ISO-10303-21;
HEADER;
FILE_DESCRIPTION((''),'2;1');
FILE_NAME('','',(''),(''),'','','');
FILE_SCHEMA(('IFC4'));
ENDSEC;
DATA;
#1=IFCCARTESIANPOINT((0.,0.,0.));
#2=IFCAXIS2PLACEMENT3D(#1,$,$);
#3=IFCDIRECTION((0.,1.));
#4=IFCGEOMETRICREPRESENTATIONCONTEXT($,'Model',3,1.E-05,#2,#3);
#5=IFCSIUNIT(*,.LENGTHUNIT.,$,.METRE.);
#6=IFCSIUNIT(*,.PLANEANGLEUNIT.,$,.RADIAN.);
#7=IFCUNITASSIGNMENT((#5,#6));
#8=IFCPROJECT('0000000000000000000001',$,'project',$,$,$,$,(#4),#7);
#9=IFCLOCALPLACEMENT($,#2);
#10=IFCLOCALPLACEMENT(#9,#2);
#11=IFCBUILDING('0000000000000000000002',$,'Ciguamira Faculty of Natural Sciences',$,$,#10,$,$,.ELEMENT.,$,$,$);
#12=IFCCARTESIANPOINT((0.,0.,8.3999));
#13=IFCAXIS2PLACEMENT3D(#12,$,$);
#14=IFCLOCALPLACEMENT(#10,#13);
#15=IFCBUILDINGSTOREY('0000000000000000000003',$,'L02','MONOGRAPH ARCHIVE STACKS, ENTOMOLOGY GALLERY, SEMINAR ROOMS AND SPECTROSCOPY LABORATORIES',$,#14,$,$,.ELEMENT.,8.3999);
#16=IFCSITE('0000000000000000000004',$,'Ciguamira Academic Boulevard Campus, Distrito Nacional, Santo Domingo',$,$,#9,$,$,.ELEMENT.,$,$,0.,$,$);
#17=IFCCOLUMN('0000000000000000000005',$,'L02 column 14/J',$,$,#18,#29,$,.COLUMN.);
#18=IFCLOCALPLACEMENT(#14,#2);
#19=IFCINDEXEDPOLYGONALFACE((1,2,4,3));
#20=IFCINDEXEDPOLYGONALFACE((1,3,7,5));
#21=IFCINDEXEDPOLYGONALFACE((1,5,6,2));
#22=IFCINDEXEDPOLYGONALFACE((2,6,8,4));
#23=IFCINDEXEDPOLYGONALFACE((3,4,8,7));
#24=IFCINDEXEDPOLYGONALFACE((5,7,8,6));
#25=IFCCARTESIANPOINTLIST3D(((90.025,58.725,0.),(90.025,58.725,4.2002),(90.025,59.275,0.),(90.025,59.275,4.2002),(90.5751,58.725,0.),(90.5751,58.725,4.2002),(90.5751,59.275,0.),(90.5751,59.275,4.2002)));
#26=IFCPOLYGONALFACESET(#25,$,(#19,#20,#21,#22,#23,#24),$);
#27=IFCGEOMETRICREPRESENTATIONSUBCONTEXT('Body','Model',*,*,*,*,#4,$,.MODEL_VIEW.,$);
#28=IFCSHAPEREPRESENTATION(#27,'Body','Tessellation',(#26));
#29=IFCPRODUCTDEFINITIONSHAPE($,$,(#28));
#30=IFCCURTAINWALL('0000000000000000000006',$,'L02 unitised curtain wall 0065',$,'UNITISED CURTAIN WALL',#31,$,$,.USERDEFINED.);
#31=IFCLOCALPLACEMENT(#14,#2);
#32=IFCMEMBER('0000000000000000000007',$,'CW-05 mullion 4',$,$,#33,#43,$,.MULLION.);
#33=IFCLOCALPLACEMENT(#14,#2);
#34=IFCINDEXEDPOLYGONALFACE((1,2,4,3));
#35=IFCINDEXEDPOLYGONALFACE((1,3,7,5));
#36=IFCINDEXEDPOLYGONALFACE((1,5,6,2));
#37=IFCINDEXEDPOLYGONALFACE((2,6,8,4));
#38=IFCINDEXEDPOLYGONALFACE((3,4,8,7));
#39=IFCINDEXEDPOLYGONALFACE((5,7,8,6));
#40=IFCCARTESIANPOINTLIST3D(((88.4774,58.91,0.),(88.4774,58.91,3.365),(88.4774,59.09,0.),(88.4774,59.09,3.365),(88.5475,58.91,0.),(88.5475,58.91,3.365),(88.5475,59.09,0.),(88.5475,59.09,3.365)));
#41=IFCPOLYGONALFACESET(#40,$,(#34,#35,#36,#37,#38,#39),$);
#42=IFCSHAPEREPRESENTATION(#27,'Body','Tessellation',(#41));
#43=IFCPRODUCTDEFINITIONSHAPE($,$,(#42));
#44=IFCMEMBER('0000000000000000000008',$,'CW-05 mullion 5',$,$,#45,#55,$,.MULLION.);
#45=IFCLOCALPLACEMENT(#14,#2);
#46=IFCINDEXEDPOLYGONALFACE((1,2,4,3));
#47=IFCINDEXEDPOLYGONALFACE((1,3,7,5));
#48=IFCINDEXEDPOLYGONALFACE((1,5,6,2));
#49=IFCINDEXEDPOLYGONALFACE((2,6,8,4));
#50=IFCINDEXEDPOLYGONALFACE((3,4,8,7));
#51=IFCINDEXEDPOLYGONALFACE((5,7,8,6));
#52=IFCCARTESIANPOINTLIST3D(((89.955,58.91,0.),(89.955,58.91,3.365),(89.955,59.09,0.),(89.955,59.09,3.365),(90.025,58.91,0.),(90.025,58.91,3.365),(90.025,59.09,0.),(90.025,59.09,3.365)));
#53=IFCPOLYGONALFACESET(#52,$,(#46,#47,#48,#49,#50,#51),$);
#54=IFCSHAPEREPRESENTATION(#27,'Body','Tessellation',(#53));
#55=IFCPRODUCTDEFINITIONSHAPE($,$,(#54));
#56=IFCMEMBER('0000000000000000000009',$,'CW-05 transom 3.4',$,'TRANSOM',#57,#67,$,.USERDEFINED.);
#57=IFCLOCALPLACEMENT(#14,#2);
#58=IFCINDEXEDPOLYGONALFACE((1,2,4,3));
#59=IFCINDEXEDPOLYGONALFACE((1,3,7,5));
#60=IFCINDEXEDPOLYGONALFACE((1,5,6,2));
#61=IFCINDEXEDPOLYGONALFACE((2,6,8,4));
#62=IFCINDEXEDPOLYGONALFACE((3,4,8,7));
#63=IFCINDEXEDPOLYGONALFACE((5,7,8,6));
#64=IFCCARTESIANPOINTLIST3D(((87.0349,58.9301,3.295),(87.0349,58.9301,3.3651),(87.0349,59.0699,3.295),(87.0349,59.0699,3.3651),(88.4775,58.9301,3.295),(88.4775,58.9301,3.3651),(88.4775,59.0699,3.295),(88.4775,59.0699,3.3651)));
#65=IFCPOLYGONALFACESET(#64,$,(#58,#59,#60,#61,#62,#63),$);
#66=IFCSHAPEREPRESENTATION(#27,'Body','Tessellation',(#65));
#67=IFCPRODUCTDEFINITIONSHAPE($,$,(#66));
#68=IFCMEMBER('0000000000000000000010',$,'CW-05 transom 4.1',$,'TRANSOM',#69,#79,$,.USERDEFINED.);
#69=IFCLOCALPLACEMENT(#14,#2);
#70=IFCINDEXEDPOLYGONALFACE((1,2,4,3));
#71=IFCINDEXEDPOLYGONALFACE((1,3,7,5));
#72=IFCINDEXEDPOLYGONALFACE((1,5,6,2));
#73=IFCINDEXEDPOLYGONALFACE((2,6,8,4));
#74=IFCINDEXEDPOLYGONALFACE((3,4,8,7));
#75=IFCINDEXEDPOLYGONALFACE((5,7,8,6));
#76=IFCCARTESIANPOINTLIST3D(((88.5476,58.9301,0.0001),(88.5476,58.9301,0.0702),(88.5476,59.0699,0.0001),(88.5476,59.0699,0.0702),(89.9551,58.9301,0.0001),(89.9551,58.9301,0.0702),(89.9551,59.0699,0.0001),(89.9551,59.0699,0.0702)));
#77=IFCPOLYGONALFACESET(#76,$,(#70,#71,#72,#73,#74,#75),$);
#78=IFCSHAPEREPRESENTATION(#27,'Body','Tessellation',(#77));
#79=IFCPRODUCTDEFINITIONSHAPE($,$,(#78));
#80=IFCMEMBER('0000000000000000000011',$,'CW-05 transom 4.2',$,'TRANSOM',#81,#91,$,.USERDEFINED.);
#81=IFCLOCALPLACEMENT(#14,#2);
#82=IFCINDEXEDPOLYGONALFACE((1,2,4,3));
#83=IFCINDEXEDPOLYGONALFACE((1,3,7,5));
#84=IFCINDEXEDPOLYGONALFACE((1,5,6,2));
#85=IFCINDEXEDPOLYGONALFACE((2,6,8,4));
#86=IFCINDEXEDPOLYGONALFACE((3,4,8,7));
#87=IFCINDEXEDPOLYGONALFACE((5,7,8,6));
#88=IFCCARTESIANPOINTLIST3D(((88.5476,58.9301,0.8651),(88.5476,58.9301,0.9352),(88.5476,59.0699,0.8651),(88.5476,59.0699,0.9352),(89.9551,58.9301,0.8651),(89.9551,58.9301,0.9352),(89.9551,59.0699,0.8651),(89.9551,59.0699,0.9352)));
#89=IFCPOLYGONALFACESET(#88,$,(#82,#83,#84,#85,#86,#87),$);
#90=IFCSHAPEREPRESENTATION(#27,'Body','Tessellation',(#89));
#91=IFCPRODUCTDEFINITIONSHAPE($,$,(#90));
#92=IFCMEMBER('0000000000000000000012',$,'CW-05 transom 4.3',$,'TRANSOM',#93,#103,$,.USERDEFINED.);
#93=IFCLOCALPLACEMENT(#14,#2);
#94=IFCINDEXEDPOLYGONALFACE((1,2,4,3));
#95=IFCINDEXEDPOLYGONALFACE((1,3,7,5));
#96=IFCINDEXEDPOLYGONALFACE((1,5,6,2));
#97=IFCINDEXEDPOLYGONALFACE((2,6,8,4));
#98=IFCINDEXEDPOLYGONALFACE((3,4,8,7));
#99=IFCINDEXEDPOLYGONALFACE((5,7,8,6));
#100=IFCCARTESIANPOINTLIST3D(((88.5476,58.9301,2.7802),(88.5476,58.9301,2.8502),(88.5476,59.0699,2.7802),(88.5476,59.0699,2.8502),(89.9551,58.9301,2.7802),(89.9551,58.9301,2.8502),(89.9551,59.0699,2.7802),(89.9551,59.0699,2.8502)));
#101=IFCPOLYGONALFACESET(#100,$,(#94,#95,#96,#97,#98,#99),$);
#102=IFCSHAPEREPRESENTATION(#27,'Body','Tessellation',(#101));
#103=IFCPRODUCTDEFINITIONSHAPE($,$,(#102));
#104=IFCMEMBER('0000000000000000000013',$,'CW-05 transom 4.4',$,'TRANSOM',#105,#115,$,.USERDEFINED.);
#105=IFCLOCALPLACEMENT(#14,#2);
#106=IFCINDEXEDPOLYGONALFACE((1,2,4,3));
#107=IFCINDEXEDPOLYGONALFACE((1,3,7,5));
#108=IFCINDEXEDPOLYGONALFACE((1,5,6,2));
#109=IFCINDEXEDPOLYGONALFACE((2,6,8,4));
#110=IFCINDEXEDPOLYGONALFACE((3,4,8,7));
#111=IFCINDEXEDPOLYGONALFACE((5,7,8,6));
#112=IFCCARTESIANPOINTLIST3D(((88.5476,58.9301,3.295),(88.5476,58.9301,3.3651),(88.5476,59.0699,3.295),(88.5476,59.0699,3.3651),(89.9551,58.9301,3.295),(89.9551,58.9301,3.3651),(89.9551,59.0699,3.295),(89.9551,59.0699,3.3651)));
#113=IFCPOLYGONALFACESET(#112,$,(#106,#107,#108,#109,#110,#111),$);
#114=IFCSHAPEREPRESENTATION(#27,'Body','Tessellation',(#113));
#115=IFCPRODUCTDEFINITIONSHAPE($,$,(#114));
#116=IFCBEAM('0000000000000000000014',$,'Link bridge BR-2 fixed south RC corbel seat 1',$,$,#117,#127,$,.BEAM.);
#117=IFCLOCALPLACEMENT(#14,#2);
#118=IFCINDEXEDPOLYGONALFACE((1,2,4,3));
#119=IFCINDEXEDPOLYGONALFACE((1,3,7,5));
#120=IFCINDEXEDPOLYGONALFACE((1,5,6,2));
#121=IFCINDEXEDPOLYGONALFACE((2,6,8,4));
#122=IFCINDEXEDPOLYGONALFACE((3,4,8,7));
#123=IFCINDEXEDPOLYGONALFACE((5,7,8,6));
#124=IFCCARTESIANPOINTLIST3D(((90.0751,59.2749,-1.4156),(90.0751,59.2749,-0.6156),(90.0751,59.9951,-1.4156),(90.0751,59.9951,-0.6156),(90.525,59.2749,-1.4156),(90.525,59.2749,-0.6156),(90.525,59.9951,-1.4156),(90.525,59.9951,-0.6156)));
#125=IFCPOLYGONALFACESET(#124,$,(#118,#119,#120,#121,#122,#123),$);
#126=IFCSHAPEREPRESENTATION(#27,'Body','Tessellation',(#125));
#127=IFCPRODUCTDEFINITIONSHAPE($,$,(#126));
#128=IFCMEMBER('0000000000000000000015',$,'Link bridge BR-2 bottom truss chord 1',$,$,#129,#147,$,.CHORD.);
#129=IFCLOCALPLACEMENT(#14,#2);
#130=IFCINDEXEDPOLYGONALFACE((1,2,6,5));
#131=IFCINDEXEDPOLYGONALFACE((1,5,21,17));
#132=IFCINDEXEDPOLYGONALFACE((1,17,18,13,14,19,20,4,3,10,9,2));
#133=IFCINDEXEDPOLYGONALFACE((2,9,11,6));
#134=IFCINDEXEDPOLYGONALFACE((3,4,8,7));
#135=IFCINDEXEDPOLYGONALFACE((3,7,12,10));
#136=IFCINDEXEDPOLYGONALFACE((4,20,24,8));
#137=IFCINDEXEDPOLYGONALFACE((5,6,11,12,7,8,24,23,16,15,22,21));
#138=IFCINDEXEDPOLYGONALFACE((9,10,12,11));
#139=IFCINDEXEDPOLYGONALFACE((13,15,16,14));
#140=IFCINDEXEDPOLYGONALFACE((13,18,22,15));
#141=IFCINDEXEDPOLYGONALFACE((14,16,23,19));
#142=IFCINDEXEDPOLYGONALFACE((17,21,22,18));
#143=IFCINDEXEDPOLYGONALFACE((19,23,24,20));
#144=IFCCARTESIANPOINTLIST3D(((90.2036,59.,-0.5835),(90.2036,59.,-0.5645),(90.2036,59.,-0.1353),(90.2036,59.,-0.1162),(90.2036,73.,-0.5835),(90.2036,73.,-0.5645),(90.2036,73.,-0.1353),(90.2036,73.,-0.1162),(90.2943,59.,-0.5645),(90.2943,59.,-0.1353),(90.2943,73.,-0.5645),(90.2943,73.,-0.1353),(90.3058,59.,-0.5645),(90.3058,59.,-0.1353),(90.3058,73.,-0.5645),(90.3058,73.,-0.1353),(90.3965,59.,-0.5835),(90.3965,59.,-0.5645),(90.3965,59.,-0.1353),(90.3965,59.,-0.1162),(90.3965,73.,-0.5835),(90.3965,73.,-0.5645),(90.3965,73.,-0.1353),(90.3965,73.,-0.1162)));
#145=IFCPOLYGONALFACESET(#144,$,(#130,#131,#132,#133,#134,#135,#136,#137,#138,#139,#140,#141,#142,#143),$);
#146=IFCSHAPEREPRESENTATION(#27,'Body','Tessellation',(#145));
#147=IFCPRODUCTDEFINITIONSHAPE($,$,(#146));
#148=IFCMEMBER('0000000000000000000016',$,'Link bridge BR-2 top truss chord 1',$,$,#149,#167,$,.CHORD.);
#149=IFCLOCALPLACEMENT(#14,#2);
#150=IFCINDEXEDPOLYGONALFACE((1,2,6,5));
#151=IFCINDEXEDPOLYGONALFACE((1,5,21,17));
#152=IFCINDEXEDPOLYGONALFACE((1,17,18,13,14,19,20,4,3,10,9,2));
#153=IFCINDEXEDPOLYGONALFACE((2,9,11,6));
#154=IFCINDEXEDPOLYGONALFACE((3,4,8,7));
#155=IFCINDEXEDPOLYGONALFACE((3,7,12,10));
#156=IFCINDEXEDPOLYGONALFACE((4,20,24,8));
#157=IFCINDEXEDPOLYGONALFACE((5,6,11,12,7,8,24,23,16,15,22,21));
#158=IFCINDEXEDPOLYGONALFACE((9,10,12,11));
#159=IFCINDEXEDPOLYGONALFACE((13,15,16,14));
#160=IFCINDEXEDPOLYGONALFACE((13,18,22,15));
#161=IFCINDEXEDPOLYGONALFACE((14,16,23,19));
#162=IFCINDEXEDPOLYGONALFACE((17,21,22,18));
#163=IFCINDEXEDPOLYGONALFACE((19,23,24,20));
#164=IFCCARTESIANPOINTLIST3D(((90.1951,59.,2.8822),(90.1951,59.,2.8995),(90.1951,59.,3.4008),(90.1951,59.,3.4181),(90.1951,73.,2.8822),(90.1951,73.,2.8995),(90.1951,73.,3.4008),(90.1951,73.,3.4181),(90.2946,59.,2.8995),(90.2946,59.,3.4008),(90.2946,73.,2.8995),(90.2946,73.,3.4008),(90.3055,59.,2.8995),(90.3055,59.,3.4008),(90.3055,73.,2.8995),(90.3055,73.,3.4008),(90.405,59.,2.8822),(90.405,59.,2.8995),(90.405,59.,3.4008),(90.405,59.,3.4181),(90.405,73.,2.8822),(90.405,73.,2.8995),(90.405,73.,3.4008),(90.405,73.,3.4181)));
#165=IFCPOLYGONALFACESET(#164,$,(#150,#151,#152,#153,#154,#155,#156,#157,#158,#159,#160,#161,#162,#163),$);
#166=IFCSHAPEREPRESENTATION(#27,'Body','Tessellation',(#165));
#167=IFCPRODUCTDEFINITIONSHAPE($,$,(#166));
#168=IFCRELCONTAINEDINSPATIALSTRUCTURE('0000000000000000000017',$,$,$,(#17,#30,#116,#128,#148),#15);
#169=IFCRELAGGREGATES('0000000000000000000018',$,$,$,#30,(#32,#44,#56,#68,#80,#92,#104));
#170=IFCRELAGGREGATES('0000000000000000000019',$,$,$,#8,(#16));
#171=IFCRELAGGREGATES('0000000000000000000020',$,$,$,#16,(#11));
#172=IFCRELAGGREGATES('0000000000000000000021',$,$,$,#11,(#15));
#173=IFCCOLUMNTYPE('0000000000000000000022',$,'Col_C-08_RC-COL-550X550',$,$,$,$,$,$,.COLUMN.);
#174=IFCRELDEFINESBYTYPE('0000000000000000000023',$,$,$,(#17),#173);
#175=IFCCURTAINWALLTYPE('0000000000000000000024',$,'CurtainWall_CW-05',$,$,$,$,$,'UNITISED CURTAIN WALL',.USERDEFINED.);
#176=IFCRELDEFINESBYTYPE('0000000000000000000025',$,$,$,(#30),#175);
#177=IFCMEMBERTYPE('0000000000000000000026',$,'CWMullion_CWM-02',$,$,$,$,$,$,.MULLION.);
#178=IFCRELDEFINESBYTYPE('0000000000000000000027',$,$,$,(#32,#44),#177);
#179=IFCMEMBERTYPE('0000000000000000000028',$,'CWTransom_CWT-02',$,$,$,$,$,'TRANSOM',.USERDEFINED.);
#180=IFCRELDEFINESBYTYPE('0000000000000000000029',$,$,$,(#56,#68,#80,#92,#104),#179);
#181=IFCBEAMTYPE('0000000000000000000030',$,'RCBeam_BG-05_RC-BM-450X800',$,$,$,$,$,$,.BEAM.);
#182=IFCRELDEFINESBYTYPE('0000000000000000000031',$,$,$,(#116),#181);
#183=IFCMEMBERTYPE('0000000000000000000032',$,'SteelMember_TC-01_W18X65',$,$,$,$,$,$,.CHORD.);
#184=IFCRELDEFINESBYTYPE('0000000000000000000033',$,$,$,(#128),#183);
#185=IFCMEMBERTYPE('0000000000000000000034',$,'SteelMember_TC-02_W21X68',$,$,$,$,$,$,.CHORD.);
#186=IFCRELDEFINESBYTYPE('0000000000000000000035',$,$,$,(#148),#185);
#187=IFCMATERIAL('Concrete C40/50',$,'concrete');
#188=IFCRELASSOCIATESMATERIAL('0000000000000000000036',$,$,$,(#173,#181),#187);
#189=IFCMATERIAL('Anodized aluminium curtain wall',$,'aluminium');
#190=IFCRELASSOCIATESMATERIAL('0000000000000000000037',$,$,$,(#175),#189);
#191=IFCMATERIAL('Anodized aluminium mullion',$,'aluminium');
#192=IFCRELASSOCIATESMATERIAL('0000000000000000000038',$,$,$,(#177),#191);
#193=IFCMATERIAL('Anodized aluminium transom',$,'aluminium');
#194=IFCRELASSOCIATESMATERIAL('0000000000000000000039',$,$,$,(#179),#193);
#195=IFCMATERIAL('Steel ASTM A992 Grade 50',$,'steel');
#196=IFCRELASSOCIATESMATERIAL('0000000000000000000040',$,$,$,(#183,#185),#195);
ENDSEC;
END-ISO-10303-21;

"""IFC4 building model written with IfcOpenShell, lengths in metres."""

from ifc_helpers import new_model, si_unit, direction, frame, origin, origin_2d, place, context, subcontext, project, spatial, rectangle, i_section, extrude, material, material_profile, profile_set, type_object, element, aggregate, save


model = new_model("IFC4")

# Units and contexts
model_context = context("Model", 3, precision=1e-05, world=origin(), true_north=direction((0.0, 1.0)))
body_context = subcontext(model_context, "Body", "Model", "MODEL_VIEW")
ifc_project = project(units=[si_unit("LENGTHUNIT", "METRE"), si_unit("PLANEANGLEUNIT", "RADIAN")], contexts=[model_context])

# Site, building, storey
site_placement = place(None, origin())
site = spatial("IfcSite", under=ifc_project, at=site_placement, Name="Ciguamira Academic Boulevard Campus, Distrito Nacional, Santo Domingo", CompositionType="ELEMENT", RefElevation=0.0)
building_placement = place(site_placement, origin())
building = spatial("IfcBuilding", under=site, at=building_placement, Name="Ciguamira Faculty of Natural Sciences", CompositionType="ELEMENT")
storey_placement = place(building_placement, frame((0.0, 0.0, 8.3999)))
storey = spatial("IfcBuildingStorey", under=building, at=storey_placement, Name="L02", Description="MONOGRAPH ARCHIVE STACKS, ENTOMOLOGY GALLERY, SEMINAR ROOMS AND SPECTROSCOPY LABORATORIES", CompositionType="ELEMENT", Elevation=8.3999)

# Column
ifc_material_1 = material(Name="Concrete C40/50", Category="concrete")
ifc_material_profile_1 = material_profile(ifc_material_1, rectangle(XDim=0.55, YDim=0.55, at=origin_2d()), Name="RC-COL-550X550")
ifc_profile_set_1 = profile_set([ifc_material_profile_1], Name="Concrete C40/50")
column_type = type_object("IfcColumnType", Name="Col_C-08_RC-COL-550X550", PredefinedType="COLUMN", material=ifc_profile_set_1)
column_placement = place(storey_placement, frame((90.3, 59.0, 0.0), z_axis=(0.0, 0.0, 1.0), x_axis=(1.0, 0.0, 0.0)))
element("IfcColumn", 1, at=column_placement, inside=storey, type_object=column_type, Name="L02 column 14/J", PredefinedType="COLUMN", context=body_context, shape_type="SweptSolid", body=[
    extrude(rectangle(XDim=0.55, YDim=0.55, at=origin_2d()), origin(), (0.0, 0.0, 1.0), 4.2002),
])

# Curtain wall, members
ifc_material_2 = material(Name="Anodized aluminium curtain wall", Category="aluminium")
curtain_wall_type = type_object("IfcCurtainWallType", Name="CurtainWall_CW-05", ElementType="UNITISED CURTAIN WALL", PredefinedType="USERDEFINED", material=ifc_material_2)
curtain_wall_placement = place(storey_placement, origin())
curtain_wall = element("IfcCurtainWall", 2, at=curtain_wall_placement, inside=storey, type_object=curtain_wall_type, Name="L02 unitised curtain wall 0065", ObjectType="UNITISED CURTAIN WALL", PredefinedType="USERDEFINED")
ifc_material_3 = material(Name="Anodized aluminium mullion", Category="aluminium")
ifc_material_profile_2 = material_profile(ifc_material_3, rectangle(XDim=0.0701, YDim=0.1799, at=origin_2d()), Name="ALU-MUL-70X180")
ifc_profile_set_2 = profile_set([ifc_material_profile_2], Name="Anodized aluminium mullion")
member_type_1 = type_object("IfcMemberType", Name="CWMullion_CWM-02", PredefinedType="MULLION", material=ifc_profile_set_2)
member_1_placement = place(storey_placement, frame((88.5125, 59.0, 0.0), z_axis=(0.0, 0.0, 1.0), x_axis=(1.0, 0.0, 0.0)))
member_1 = element("IfcMember", 3, at=member_1_placement, type_object=member_type_1, Name="CW-05 mullion 4", PredefinedType="MULLION", context=body_context, shape_type="SweptSolid", body=[
    extrude(rectangle(XDim=0.0701, YDim=0.1799, at=origin_2d()), origin(), (0.0, 0.0, 1.0), 3.365),
])
member_2_placement = place(storey_placement, frame((89.99, 59.0, 0.0), z_axis=(0.0, 0.0, 1.0), x_axis=(1.0, 0.0, 0.0)))
member_2 = element("IfcMember", 4, at=member_2_placement, type_object=member_type_1, Name="CW-05 mullion 5", PredefinedType="MULLION", context=body_context, shape_type="SweptSolid", body=[
    extrude(rectangle(XDim=0.0701, YDim=0.1799, at=origin_2d()), origin(), (0.0, 0.0, 1.0), 3.365),
])
ifc_material_4 = material(Name="Anodized aluminium transom", Category="aluminium")
ifc_material_profile_3 = material_profile(ifc_material_4, rectangle(XDim=0.0701, YDim=0.1399, at=origin_2d()), Name="ALU-TRN-70X140")
ifc_profile_set_3 = profile_set([ifc_material_profile_3], Name="Anodized aluminium transom")
member_type_2 = type_object("IfcMemberType", Name="CWTransom_CWT-02", ElementType="TRANSOM", PredefinedType="USERDEFINED", material=ifc_profile_set_3)
member_3_placement = place(storey_placement, frame((87.0349, 59.0, 3.3301), z_axis=(1.0, 0.0, 0.0), x_axis=(0.0, 0.0, 1.0)))
member_3 = element("IfcMember", 5, at=member_3_placement, type_object=member_type_2, Name="CW-05 transom 3.4", ObjectType="TRANSOM", PredefinedType="USERDEFINED", context=body_context, shape_type="SweptSolid", body=[
    extrude(rectangle(XDim=0.0701, YDim=0.1399, at=origin_2d()), origin(), (0.0, 0.0, 1.0), 1.4426),
])
member_4_placement = place(storey_placement, frame((88.5476, 59.0, 0.0352), z_axis=(1.0, 0.0, 0.0), x_axis=(0.0, 0.0, 1.0)))
member_4 = element("IfcMember", 6, at=member_4_placement, type_object=member_type_2, Name="CW-05 transom 4.1", ObjectType="TRANSOM", PredefinedType="USERDEFINED", context=body_context, shape_type="SweptSolid", body=[
    extrude(rectangle(XDim=0.0701, YDim=0.1399, at=origin_2d()), origin(), (0.0, 0.0, 1.0), 1.4075),
])
member_5_placement = place(storey_placement, frame((88.5476, 59.0, 0.9001), z_axis=(1.0, 0.0, 0.0), x_axis=(0.0, 0.0, 1.0)))
member_5 = element("IfcMember", 7, at=member_5_placement, type_object=member_type_2, Name="CW-05 transom 4.2", ObjectType="TRANSOM", PredefinedType="USERDEFINED", context=body_context, shape_type="SweptSolid", body=[
    extrude(rectangle(XDim=0.0701, YDim=0.1399, at=origin_2d()), origin(), (0.0, 0.0, 1.0), 1.4075),
])
member_6_placement = place(storey_placement, frame((88.5476, 59.0, 2.8152), z_axis=(1.0, 0.0, 0.0), x_axis=(0.0, 0.0, 1.0)))
member_6 = element("IfcMember", 8, at=member_6_placement, type_object=member_type_2, Name="CW-05 transom 4.3", ObjectType="TRANSOM", PredefinedType="USERDEFINED", context=body_context, shape_type="SweptSolid", body=[
    extrude(rectangle(XDim=0.0701, YDim=0.1399, at=origin_2d()), origin(), (0.0, 0.0, 1.0), 1.4075),
])
member_7_placement = place(storey_placement, frame((88.5476, 59.0, 3.3301), z_axis=(1.0, 0.0, 0.0), x_axis=(0.0, 0.0, 1.0)))
member_7 = element("IfcMember", 9, at=member_7_placement, type_object=member_type_2, Name="CW-05 transom 4.4", ObjectType="TRANSOM", PredefinedType="USERDEFINED", context=body_context, shape_type="SweptSolid", body=[
    extrude(rectangle(XDim=0.0701, YDim=0.1399, at=origin_2d()), origin(), (0.0, 0.0, 1.0), 1.4075),
])

# Beam
ifc_material_profile_4 = material_profile(ifc_material_1, rectangle(XDim=0.45, YDim=0.8, at=origin_2d()), Name="RC-BM-450X800")
ifc_profile_set_4 = profile_set([ifc_material_profile_4], Name="Concrete C40/50")
beam_type = type_object("IfcBeamType", Name="RCBeam_BG-05_RC-BM-450X800", PredefinedType="BEAM", material=ifc_profile_set_4)
beam_placement = place(storey_placement, frame((90.3, 59.2749, -1.0156), z_axis=(0.0, 1.0, 0.0), x_axis=(-1.0, 0.0, 0.0)))
element("IfcBeam", 10, at=beam_placement, inside=storey, type_object=beam_type, Name="Link bridge BR-2 fixed south RC corbel seat 1", PredefinedType="BEAM", context=body_context, shape_type="SweptSolid", body=[
    extrude(rectangle(XDim=0.45, YDim=0.8, at=origin_2d()), origin(), (0.0, 0.0, 1.0), 0.7202),
])

# Members
ifc_material_5 = material(Name="Steel ASTM A992 Grade 50", Category="steel")
ifc_material_profile_5 = material_profile(ifc_material_5, i_section(OverallWidth=0.1929, OverallDepth=0.4673, WebThickness=0.0115, FlangeThickness=0.019, at=origin_2d()), Name="W18X65")
ifc_profile_set_5 = profile_set([ifc_material_profile_5], Name="Steel ASTM A992 Grade 50")
member_type_3 = type_object("IfcMemberType", Name="SteelMember_TC-01_W18X65", PredefinedType="CHORD", material=ifc_profile_set_5)
member_8_placement = place(storey_placement, frame((90.3, 59.0, -0.3499), z_axis=(0.0, 1.0, 0.0), x_axis=(-1.0, 0.0, 0.0)))
element("IfcMember", 11, at=member_8_placement, inside=storey, type_object=member_type_3, Name="Link bridge BR-2 bottom truss chord 1", PredefinedType="CHORD", context=body_context, shape_type="SweptSolid", body=[
    extrude(i_section(OverallWidth=0.1929, OverallDepth=0.4673, WebThickness=0.0115, FlangeThickness=0.019, at=origin_2d()), origin(), (0.0, 0.0, 1.0), 14.0),
])
ifc_material_profile_6 = material_profile(ifc_material_5, i_section(OverallWidth=0.21, OverallDepth=0.5359, WebThickness=0.011, FlangeThickness=0.0173, at=origin_2d()), Name="W21X68")
ifc_profile_set_6 = profile_set([ifc_material_profile_6], Name="Steel ASTM A992 Grade 50")
member_type_4 = type_object("IfcMemberType", Name="SteelMember_TC-02_W21X68", PredefinedType="CHORD", material=ifc_profile_set_6)
member_9_placement = place(storey_placement, frame((90.3, 59.0, 3.1501), z_axis=(0.0, 1.0, 0.0), x_axis=(-1.0, 0.0, 0.0)))
element("IfcMember", 12, at=member_9_placement, inside=storey, type_object=member_type_4, Name="Link bridge BR-2 top truss chord 1", PredefinedType="CHORD", context=body_context, shape_type="SweptSolid", body=[
    extrude(i_section(OverallWidth=0.21, OverallDepth=0.5359, WebThickness=0.011, FlangeThickness=0.0173, at=origin_2d()), origin(), (0.0, 0.0, 1.0), 14.0),
])

aggregate(curtain_wall, [member_1, member_2, member_3, member_4, member_5, member_6, member_7])

save(model, "model.ifc")
